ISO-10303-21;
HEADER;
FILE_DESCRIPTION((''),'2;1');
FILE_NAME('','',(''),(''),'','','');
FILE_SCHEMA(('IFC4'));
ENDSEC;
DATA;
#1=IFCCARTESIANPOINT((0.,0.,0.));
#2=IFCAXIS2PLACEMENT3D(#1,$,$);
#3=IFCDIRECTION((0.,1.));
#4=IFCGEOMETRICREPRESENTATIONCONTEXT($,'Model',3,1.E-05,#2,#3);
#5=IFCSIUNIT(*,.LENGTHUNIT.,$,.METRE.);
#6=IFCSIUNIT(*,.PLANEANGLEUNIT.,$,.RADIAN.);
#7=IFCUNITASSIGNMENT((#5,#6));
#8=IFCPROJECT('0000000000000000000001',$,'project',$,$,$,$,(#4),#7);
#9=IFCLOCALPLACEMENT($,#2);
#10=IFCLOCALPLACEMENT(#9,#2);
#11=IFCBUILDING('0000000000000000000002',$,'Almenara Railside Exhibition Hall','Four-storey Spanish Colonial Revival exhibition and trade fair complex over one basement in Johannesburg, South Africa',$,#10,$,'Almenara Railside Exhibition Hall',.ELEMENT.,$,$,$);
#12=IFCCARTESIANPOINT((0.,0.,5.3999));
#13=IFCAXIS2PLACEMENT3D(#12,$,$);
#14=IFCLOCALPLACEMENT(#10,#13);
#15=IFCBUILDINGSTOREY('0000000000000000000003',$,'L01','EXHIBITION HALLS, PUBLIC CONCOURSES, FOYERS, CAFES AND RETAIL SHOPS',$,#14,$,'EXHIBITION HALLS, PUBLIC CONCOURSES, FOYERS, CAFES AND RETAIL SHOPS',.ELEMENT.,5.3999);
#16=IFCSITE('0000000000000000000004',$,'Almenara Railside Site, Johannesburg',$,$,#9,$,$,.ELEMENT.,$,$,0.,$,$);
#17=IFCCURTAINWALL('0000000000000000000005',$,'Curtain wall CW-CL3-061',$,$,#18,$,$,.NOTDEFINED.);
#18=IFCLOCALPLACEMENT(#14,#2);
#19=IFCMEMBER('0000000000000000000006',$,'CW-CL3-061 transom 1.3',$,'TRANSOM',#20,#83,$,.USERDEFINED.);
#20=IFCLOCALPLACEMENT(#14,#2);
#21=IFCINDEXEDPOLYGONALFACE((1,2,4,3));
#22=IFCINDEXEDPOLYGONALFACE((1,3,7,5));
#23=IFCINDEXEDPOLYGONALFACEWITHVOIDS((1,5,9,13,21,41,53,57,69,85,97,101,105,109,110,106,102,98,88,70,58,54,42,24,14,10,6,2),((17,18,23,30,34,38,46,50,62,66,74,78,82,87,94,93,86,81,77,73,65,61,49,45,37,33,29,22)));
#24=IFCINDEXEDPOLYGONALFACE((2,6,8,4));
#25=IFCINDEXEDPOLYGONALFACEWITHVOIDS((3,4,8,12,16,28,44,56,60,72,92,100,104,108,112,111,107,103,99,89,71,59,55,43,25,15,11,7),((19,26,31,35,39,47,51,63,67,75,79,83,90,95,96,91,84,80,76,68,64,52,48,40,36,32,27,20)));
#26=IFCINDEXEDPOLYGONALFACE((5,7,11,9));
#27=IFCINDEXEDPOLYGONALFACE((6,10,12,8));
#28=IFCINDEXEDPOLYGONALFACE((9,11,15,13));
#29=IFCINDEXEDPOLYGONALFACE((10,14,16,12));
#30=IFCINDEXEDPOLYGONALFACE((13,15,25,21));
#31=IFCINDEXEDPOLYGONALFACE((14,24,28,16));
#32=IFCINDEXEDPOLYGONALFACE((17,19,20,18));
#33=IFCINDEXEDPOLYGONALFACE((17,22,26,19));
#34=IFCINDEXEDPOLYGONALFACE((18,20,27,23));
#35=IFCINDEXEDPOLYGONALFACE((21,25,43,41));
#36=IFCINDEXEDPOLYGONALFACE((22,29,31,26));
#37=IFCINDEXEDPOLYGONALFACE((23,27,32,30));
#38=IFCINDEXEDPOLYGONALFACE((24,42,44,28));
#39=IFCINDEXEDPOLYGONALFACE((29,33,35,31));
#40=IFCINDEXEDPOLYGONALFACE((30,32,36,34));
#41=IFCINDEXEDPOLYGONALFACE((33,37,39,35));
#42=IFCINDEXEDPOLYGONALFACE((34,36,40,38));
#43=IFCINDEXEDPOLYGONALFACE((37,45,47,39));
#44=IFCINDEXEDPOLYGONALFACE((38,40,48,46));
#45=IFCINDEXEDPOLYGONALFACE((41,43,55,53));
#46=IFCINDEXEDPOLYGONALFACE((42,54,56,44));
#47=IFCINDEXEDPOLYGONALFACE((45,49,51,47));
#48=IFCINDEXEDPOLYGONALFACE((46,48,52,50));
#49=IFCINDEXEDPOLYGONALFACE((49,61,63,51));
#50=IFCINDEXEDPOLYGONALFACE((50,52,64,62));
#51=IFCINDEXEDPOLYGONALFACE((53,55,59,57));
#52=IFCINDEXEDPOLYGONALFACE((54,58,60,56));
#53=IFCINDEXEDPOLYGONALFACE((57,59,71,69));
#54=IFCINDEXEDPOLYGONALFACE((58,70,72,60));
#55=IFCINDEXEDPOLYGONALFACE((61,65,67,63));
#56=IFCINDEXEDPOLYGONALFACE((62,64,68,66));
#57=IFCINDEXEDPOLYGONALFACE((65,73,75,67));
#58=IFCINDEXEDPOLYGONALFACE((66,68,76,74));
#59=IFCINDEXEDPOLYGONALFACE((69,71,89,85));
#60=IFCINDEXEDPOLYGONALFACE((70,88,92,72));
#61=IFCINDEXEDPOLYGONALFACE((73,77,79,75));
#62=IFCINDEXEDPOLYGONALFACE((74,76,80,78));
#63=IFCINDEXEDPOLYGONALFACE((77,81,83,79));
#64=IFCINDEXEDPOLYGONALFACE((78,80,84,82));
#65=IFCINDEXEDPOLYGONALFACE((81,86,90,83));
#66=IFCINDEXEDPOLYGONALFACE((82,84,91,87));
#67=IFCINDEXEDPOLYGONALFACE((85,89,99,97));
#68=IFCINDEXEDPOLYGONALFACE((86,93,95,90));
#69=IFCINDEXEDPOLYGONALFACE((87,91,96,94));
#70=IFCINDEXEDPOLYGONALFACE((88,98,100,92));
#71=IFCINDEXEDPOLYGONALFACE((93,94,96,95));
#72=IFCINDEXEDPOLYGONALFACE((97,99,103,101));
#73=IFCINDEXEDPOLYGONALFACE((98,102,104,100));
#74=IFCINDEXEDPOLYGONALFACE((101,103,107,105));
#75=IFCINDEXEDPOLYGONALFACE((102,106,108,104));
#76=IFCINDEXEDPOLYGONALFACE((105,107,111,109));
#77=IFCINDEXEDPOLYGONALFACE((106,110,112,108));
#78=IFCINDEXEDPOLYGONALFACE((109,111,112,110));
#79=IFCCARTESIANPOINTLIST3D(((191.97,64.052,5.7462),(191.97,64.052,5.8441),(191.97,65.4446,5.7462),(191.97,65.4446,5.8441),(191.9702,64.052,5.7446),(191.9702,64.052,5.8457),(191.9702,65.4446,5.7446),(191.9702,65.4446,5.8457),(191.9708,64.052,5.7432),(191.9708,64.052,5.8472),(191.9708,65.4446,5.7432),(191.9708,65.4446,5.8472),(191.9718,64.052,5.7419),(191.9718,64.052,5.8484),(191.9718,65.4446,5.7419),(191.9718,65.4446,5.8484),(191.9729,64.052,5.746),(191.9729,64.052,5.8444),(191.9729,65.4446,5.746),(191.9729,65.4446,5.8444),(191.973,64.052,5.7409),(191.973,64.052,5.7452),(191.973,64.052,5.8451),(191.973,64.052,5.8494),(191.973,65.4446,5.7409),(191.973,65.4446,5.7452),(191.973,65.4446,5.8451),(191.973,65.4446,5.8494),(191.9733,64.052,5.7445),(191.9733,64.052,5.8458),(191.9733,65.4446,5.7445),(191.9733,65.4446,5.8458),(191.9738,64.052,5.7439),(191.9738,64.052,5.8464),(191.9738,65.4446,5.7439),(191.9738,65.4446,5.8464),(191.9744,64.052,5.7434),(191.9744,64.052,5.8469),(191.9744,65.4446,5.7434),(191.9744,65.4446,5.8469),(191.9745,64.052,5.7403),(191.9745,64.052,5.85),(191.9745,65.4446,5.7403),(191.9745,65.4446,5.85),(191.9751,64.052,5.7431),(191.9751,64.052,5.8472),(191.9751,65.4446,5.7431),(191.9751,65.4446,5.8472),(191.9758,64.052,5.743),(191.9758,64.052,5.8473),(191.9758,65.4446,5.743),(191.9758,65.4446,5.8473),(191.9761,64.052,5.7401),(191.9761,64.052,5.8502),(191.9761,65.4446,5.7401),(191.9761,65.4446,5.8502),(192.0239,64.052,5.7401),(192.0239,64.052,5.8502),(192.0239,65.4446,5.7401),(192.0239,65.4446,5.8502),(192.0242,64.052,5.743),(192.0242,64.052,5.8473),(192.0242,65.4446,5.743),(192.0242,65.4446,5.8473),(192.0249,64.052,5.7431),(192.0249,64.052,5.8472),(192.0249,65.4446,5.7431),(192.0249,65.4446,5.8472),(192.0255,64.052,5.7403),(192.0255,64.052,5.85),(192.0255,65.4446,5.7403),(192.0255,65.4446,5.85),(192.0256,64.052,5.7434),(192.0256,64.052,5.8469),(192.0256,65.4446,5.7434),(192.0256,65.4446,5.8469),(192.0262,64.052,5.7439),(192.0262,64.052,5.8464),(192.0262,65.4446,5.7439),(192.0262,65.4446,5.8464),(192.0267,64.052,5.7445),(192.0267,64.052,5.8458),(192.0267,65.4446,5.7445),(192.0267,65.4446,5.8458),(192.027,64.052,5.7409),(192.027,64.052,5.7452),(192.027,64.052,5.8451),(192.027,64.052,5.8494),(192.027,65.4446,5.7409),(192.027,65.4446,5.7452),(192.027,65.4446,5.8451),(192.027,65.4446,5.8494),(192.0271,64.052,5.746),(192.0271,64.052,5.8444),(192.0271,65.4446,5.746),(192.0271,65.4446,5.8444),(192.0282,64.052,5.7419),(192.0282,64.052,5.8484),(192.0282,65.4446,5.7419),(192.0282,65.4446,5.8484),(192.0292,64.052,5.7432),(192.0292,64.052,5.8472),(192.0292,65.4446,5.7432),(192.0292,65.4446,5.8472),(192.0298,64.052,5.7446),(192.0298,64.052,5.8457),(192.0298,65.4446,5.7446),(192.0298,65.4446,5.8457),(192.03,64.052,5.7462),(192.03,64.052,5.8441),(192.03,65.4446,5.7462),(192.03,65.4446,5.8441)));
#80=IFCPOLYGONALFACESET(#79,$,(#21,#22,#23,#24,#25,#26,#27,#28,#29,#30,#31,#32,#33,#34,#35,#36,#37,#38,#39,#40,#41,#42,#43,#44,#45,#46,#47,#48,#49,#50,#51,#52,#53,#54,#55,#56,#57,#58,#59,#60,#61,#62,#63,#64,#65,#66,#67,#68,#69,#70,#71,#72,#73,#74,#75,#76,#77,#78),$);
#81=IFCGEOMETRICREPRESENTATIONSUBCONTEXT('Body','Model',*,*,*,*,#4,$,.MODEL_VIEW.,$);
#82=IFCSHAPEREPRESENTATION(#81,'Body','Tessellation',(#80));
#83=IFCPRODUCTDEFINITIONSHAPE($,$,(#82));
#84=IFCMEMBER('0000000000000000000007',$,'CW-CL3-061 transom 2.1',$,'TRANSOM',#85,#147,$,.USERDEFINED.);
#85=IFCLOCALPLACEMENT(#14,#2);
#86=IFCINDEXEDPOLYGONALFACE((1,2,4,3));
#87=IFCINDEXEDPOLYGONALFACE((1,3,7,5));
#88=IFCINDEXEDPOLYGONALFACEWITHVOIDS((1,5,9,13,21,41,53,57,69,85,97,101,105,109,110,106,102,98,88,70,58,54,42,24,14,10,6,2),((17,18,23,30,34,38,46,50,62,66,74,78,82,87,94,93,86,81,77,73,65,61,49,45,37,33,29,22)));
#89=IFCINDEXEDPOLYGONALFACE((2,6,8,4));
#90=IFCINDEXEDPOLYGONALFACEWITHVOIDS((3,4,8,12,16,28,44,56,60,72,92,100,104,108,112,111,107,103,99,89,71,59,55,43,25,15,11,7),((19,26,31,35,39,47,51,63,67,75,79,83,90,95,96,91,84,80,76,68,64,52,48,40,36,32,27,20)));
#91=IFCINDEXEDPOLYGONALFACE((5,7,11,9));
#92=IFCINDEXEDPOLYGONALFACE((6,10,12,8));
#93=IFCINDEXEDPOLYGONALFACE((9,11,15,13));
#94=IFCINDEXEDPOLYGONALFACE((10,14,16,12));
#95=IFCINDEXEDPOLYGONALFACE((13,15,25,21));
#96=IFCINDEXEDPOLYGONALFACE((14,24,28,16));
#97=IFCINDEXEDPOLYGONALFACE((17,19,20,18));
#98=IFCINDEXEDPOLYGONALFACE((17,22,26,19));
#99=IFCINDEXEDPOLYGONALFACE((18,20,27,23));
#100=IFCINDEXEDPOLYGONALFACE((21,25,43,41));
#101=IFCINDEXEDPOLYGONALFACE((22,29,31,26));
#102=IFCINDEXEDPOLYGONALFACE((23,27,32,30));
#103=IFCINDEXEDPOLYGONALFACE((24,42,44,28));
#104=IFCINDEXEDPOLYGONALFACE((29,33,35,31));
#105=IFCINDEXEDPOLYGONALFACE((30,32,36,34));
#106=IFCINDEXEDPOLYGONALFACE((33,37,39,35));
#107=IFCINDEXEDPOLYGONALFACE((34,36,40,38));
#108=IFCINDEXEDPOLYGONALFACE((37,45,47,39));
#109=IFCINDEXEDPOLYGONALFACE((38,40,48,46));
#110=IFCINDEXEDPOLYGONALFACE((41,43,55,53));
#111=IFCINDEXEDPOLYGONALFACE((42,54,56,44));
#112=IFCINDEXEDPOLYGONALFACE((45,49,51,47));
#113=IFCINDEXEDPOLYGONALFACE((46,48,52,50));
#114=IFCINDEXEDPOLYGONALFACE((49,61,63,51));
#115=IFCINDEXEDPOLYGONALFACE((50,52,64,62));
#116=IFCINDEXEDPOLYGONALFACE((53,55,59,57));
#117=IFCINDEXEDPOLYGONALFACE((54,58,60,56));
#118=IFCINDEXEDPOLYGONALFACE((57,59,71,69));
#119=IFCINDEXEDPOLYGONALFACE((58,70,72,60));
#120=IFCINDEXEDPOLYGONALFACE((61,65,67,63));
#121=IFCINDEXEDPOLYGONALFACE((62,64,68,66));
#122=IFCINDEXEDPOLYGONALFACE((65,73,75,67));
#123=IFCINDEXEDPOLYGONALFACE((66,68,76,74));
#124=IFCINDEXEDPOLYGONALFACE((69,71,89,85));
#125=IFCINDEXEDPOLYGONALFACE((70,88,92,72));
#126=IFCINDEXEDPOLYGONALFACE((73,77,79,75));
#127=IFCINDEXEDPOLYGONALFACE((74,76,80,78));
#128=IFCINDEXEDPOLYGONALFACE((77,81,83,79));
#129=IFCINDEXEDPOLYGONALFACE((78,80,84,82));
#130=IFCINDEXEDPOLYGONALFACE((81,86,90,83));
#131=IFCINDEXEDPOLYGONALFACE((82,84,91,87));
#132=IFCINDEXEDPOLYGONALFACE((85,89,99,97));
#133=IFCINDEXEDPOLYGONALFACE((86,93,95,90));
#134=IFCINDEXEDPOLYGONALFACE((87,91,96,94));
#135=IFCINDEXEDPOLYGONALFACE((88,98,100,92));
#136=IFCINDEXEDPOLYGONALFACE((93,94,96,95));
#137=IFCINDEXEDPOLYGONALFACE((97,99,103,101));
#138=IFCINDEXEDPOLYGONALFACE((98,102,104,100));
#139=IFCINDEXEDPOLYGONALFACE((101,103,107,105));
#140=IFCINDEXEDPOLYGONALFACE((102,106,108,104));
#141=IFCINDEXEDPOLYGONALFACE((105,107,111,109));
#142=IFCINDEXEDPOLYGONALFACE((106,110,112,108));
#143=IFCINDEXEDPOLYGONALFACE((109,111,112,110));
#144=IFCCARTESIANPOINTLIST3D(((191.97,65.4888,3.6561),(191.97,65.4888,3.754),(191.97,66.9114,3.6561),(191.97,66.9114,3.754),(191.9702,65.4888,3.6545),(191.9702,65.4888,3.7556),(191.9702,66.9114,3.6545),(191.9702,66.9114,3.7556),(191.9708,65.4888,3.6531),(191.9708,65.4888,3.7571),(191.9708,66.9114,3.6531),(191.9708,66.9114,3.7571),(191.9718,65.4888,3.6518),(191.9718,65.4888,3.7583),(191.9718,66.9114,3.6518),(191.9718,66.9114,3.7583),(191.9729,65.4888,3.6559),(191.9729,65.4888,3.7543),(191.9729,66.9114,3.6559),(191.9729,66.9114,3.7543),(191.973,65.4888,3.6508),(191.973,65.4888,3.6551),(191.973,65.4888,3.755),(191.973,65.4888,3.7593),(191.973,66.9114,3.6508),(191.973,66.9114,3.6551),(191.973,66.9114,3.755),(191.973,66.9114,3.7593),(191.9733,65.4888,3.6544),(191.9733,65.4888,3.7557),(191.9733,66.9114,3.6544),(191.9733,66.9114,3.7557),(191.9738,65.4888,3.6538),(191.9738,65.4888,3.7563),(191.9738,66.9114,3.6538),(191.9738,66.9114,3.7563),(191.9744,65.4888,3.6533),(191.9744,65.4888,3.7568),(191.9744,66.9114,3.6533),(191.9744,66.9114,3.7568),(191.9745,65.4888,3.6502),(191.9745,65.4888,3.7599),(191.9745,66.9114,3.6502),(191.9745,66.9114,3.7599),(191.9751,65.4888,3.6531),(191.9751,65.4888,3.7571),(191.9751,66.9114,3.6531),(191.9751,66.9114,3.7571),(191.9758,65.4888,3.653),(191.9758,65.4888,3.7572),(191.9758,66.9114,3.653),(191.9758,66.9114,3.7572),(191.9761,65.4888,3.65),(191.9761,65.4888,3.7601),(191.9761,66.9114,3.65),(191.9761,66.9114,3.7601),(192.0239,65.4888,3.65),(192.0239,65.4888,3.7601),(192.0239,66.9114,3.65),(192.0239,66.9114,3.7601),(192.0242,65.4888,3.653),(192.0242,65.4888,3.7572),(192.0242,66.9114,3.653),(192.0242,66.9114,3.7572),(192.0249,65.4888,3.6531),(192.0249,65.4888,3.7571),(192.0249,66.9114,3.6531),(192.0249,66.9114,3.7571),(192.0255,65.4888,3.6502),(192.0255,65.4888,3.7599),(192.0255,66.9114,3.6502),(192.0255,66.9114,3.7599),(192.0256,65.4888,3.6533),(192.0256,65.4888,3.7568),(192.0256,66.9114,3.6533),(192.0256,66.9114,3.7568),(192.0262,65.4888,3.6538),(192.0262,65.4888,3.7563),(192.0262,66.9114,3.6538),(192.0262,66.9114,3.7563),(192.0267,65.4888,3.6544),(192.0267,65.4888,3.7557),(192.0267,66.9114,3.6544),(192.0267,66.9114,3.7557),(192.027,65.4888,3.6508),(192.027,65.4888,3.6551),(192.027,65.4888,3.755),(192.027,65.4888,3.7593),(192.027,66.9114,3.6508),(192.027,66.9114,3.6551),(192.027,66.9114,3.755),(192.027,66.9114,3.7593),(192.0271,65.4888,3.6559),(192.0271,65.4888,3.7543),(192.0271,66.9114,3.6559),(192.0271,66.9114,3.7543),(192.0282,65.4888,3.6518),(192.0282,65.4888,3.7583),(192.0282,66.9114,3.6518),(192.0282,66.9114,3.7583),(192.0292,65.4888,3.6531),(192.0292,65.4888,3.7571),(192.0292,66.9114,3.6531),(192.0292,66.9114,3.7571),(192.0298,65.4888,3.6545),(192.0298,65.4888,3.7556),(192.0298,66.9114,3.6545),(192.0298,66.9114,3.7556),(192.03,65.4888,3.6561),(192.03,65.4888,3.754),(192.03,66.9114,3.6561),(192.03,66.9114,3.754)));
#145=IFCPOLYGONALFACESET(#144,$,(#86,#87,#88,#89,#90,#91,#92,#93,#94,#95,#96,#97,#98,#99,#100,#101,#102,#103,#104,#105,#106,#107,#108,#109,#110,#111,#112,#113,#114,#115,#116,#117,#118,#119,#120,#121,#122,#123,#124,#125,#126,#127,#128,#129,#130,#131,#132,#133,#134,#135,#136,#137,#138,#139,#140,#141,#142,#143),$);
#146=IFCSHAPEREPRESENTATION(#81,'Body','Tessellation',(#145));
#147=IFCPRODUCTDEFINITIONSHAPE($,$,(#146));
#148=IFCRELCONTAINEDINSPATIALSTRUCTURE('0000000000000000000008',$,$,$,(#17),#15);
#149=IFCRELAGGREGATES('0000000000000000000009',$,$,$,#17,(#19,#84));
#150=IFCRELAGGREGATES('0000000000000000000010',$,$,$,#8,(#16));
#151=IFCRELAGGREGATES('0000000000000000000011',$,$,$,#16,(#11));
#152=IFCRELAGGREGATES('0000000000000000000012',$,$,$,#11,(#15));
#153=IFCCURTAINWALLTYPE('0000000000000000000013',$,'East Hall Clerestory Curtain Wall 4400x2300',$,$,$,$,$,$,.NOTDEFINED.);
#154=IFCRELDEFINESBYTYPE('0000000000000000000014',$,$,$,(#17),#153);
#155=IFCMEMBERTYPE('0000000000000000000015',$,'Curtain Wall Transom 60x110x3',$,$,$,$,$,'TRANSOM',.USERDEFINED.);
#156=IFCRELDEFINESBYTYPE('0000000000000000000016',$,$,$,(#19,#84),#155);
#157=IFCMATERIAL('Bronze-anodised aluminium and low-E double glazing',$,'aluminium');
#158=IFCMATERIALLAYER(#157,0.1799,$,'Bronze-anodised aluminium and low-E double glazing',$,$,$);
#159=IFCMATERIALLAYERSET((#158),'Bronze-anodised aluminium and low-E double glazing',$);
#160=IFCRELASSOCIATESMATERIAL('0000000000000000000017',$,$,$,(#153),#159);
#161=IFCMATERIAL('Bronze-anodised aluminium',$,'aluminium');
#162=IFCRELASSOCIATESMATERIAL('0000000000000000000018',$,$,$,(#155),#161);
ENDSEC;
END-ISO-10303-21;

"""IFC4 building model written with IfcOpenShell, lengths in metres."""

from ifc_helpers import new_model, si_unit, direction, frame, origin, origin_2d, place, context, subcontext, project, spatial, hollow_rectangle, extrude, material, layer, layer_set, material_profile, profile_set, type_object, element, aggregate, save


model = new_model("IFC4")

# Units and contexts
model_context = context("Model", 3, precision=1e-05, world=origin(), true_north=direction((0.0, 1.0)))
body_context = subcontext(model_context, "Body", "Model", "MODEL_VIEW")
ifc_project = project(units=[si_unit("LENGTHUNIT", "METRE"), si_unit("PLANEANGLEUNIT", "RADIAN")], contexts=[model_context])

# Site, building, storey
site_placement = place(None, origin())
site = spatial("IfcSite", under=ifc_project, at=site_placement, Name="Almenara Railside Site, Johannesburg", CompositionType="ELEMENT", RefElevation=0.0)
building_placement = place(site_placement, origin())
building = spatial("IfcBuilding", under=site, at=building_placement, Name="Almenara Railside Exhibition Hall", Description="Four-storey Spanish Colonial Revival exhibition and trade fair complex over one basement in Johannesburg, South Africa", LongName="Almenara Railside Exhibition Hall", CompositionType="ELEMENT")
storey_placement = place(building_placement, frame((0.0, 0.0, 5.3999)))
storey = spatial("IfcBuildingStorey", under=building, at=storey_placement, Name="L01", Description="EXHIBITION HALLS, PUBLIC CONCOURSES, FOYERS, CAFES AND RETAIL SHOPS", LongName="EXHIBITION HALLS, PUBLIC CONCOURSES, FOYERS, CAFES AND RETAIL SHOPS", CompositionType="ELEMENT", Elevation=5.3999)

# Shared definitions
ifc_material_1 = material(Name="Bronze-anodised aluminium and low-E double glazing", Category="aluminium")
ifc_layer_1 = layer(ifc_material_1, 0.1799, Name="Bronze-anodised aluminium and low-E double glazing")
ifc_layer_set_1 = layer_set([ifc_layer_1], Name="Bronze-anodised aluminium and low-E double glazing")
curtain_wall_type = type_object("IfcCurtainWallType", Name="East Hall Clerestory Curtain Wall 4400x2300", PredefinedType="NOTDEFINED", material=ifc_layer_set_1)
ifc_material_2 = material(Name="Bronze-anodised aluminium", Category="aluminium")

# Curtain wall
curtain_wall_1_placement = place(storey_placement, origin())
curtain_wall_1 = element("IfcCurtainWall", 1, at=curtain_wall_1_placement, inside=storey, type_object=curtain_wall_type, Name="Curtain wall CW-CL3-061", PredefinedType="NOTDEFINED")

# Members
ifc_material_profile_1 = material_profile(ifc_material_2, hollow_rectangle(XDim=0.0601, YDim=0.1101, WallThickness=0.0029, InnerFilletRadius=0.0029, OuterFilletRadius=0.0061, at=origin_2d()), Name="ALU-TRN 60x110x3")
ifc_profile_set_1 = profile_set([ifc_material_profile_1], Name="Bronze-anodised aluminium")
member_type_1 = type_object("IfcMemberType", Name="Curtain Wall Transom 60x110x3", ElementType="TRANSOM", PredefinedType="USERDEFINED", material=ifc_profile_set_1)
member_1_placement = place(storey_placement, frame((192.0, 64.052, 5.7952), z_axis=(0.0, 1.0, 0.0), x_axis=(-1.0, 0.0, 0.0)))
member_1 = element("IfcMember", 2, at=member_1_placement, type_object=member_type_1, Name="CW-CL3-061 transom 1.3", ObjectType="TRANSOM", PredefinedType="USERDEFINED", context=body_context, shape_type="SweptSolid", body=[
    extrude(hollow_rectangle(XDim=0.0601, YDim=0.1101, WallThickness=0.0029, InnerFilletRadius=0.0029, OuterFilletRadius=0.0061, at=origin_2d()), origin(), (0.0, 0.0, 1.0), 1.3926),
])
member_2_placement = place(storey_placement, frame((192.0, 65.4888, 3.7051), z_axis=(0.0, 1.0, 0.0), x_axis=(-1.0, 0.0, 0.0)))
member_2 = element("IfcMember", 3, at=member_2_placement, type_object=member_type_1, Name="CW-CL3-061 transom 2.1", ObjectType="TRANSOM", PredefinedType="USERDEFINED", context=body_context, shape_type="SweptSolid", body=[
    extrude(hollow_rectangle(XDim=0.0601, YDim=0.1101, WallThickness=0.0029, InnerFilletRadius=0.0029, OuterFilletRadius=0.0061, at=origin_2d()), origin(), (0.0, 0.0, 1.0), 1.4226),
])

aggregate(curtain_wall_1, [member_1, member_2])

save(model, "model.ifc")
